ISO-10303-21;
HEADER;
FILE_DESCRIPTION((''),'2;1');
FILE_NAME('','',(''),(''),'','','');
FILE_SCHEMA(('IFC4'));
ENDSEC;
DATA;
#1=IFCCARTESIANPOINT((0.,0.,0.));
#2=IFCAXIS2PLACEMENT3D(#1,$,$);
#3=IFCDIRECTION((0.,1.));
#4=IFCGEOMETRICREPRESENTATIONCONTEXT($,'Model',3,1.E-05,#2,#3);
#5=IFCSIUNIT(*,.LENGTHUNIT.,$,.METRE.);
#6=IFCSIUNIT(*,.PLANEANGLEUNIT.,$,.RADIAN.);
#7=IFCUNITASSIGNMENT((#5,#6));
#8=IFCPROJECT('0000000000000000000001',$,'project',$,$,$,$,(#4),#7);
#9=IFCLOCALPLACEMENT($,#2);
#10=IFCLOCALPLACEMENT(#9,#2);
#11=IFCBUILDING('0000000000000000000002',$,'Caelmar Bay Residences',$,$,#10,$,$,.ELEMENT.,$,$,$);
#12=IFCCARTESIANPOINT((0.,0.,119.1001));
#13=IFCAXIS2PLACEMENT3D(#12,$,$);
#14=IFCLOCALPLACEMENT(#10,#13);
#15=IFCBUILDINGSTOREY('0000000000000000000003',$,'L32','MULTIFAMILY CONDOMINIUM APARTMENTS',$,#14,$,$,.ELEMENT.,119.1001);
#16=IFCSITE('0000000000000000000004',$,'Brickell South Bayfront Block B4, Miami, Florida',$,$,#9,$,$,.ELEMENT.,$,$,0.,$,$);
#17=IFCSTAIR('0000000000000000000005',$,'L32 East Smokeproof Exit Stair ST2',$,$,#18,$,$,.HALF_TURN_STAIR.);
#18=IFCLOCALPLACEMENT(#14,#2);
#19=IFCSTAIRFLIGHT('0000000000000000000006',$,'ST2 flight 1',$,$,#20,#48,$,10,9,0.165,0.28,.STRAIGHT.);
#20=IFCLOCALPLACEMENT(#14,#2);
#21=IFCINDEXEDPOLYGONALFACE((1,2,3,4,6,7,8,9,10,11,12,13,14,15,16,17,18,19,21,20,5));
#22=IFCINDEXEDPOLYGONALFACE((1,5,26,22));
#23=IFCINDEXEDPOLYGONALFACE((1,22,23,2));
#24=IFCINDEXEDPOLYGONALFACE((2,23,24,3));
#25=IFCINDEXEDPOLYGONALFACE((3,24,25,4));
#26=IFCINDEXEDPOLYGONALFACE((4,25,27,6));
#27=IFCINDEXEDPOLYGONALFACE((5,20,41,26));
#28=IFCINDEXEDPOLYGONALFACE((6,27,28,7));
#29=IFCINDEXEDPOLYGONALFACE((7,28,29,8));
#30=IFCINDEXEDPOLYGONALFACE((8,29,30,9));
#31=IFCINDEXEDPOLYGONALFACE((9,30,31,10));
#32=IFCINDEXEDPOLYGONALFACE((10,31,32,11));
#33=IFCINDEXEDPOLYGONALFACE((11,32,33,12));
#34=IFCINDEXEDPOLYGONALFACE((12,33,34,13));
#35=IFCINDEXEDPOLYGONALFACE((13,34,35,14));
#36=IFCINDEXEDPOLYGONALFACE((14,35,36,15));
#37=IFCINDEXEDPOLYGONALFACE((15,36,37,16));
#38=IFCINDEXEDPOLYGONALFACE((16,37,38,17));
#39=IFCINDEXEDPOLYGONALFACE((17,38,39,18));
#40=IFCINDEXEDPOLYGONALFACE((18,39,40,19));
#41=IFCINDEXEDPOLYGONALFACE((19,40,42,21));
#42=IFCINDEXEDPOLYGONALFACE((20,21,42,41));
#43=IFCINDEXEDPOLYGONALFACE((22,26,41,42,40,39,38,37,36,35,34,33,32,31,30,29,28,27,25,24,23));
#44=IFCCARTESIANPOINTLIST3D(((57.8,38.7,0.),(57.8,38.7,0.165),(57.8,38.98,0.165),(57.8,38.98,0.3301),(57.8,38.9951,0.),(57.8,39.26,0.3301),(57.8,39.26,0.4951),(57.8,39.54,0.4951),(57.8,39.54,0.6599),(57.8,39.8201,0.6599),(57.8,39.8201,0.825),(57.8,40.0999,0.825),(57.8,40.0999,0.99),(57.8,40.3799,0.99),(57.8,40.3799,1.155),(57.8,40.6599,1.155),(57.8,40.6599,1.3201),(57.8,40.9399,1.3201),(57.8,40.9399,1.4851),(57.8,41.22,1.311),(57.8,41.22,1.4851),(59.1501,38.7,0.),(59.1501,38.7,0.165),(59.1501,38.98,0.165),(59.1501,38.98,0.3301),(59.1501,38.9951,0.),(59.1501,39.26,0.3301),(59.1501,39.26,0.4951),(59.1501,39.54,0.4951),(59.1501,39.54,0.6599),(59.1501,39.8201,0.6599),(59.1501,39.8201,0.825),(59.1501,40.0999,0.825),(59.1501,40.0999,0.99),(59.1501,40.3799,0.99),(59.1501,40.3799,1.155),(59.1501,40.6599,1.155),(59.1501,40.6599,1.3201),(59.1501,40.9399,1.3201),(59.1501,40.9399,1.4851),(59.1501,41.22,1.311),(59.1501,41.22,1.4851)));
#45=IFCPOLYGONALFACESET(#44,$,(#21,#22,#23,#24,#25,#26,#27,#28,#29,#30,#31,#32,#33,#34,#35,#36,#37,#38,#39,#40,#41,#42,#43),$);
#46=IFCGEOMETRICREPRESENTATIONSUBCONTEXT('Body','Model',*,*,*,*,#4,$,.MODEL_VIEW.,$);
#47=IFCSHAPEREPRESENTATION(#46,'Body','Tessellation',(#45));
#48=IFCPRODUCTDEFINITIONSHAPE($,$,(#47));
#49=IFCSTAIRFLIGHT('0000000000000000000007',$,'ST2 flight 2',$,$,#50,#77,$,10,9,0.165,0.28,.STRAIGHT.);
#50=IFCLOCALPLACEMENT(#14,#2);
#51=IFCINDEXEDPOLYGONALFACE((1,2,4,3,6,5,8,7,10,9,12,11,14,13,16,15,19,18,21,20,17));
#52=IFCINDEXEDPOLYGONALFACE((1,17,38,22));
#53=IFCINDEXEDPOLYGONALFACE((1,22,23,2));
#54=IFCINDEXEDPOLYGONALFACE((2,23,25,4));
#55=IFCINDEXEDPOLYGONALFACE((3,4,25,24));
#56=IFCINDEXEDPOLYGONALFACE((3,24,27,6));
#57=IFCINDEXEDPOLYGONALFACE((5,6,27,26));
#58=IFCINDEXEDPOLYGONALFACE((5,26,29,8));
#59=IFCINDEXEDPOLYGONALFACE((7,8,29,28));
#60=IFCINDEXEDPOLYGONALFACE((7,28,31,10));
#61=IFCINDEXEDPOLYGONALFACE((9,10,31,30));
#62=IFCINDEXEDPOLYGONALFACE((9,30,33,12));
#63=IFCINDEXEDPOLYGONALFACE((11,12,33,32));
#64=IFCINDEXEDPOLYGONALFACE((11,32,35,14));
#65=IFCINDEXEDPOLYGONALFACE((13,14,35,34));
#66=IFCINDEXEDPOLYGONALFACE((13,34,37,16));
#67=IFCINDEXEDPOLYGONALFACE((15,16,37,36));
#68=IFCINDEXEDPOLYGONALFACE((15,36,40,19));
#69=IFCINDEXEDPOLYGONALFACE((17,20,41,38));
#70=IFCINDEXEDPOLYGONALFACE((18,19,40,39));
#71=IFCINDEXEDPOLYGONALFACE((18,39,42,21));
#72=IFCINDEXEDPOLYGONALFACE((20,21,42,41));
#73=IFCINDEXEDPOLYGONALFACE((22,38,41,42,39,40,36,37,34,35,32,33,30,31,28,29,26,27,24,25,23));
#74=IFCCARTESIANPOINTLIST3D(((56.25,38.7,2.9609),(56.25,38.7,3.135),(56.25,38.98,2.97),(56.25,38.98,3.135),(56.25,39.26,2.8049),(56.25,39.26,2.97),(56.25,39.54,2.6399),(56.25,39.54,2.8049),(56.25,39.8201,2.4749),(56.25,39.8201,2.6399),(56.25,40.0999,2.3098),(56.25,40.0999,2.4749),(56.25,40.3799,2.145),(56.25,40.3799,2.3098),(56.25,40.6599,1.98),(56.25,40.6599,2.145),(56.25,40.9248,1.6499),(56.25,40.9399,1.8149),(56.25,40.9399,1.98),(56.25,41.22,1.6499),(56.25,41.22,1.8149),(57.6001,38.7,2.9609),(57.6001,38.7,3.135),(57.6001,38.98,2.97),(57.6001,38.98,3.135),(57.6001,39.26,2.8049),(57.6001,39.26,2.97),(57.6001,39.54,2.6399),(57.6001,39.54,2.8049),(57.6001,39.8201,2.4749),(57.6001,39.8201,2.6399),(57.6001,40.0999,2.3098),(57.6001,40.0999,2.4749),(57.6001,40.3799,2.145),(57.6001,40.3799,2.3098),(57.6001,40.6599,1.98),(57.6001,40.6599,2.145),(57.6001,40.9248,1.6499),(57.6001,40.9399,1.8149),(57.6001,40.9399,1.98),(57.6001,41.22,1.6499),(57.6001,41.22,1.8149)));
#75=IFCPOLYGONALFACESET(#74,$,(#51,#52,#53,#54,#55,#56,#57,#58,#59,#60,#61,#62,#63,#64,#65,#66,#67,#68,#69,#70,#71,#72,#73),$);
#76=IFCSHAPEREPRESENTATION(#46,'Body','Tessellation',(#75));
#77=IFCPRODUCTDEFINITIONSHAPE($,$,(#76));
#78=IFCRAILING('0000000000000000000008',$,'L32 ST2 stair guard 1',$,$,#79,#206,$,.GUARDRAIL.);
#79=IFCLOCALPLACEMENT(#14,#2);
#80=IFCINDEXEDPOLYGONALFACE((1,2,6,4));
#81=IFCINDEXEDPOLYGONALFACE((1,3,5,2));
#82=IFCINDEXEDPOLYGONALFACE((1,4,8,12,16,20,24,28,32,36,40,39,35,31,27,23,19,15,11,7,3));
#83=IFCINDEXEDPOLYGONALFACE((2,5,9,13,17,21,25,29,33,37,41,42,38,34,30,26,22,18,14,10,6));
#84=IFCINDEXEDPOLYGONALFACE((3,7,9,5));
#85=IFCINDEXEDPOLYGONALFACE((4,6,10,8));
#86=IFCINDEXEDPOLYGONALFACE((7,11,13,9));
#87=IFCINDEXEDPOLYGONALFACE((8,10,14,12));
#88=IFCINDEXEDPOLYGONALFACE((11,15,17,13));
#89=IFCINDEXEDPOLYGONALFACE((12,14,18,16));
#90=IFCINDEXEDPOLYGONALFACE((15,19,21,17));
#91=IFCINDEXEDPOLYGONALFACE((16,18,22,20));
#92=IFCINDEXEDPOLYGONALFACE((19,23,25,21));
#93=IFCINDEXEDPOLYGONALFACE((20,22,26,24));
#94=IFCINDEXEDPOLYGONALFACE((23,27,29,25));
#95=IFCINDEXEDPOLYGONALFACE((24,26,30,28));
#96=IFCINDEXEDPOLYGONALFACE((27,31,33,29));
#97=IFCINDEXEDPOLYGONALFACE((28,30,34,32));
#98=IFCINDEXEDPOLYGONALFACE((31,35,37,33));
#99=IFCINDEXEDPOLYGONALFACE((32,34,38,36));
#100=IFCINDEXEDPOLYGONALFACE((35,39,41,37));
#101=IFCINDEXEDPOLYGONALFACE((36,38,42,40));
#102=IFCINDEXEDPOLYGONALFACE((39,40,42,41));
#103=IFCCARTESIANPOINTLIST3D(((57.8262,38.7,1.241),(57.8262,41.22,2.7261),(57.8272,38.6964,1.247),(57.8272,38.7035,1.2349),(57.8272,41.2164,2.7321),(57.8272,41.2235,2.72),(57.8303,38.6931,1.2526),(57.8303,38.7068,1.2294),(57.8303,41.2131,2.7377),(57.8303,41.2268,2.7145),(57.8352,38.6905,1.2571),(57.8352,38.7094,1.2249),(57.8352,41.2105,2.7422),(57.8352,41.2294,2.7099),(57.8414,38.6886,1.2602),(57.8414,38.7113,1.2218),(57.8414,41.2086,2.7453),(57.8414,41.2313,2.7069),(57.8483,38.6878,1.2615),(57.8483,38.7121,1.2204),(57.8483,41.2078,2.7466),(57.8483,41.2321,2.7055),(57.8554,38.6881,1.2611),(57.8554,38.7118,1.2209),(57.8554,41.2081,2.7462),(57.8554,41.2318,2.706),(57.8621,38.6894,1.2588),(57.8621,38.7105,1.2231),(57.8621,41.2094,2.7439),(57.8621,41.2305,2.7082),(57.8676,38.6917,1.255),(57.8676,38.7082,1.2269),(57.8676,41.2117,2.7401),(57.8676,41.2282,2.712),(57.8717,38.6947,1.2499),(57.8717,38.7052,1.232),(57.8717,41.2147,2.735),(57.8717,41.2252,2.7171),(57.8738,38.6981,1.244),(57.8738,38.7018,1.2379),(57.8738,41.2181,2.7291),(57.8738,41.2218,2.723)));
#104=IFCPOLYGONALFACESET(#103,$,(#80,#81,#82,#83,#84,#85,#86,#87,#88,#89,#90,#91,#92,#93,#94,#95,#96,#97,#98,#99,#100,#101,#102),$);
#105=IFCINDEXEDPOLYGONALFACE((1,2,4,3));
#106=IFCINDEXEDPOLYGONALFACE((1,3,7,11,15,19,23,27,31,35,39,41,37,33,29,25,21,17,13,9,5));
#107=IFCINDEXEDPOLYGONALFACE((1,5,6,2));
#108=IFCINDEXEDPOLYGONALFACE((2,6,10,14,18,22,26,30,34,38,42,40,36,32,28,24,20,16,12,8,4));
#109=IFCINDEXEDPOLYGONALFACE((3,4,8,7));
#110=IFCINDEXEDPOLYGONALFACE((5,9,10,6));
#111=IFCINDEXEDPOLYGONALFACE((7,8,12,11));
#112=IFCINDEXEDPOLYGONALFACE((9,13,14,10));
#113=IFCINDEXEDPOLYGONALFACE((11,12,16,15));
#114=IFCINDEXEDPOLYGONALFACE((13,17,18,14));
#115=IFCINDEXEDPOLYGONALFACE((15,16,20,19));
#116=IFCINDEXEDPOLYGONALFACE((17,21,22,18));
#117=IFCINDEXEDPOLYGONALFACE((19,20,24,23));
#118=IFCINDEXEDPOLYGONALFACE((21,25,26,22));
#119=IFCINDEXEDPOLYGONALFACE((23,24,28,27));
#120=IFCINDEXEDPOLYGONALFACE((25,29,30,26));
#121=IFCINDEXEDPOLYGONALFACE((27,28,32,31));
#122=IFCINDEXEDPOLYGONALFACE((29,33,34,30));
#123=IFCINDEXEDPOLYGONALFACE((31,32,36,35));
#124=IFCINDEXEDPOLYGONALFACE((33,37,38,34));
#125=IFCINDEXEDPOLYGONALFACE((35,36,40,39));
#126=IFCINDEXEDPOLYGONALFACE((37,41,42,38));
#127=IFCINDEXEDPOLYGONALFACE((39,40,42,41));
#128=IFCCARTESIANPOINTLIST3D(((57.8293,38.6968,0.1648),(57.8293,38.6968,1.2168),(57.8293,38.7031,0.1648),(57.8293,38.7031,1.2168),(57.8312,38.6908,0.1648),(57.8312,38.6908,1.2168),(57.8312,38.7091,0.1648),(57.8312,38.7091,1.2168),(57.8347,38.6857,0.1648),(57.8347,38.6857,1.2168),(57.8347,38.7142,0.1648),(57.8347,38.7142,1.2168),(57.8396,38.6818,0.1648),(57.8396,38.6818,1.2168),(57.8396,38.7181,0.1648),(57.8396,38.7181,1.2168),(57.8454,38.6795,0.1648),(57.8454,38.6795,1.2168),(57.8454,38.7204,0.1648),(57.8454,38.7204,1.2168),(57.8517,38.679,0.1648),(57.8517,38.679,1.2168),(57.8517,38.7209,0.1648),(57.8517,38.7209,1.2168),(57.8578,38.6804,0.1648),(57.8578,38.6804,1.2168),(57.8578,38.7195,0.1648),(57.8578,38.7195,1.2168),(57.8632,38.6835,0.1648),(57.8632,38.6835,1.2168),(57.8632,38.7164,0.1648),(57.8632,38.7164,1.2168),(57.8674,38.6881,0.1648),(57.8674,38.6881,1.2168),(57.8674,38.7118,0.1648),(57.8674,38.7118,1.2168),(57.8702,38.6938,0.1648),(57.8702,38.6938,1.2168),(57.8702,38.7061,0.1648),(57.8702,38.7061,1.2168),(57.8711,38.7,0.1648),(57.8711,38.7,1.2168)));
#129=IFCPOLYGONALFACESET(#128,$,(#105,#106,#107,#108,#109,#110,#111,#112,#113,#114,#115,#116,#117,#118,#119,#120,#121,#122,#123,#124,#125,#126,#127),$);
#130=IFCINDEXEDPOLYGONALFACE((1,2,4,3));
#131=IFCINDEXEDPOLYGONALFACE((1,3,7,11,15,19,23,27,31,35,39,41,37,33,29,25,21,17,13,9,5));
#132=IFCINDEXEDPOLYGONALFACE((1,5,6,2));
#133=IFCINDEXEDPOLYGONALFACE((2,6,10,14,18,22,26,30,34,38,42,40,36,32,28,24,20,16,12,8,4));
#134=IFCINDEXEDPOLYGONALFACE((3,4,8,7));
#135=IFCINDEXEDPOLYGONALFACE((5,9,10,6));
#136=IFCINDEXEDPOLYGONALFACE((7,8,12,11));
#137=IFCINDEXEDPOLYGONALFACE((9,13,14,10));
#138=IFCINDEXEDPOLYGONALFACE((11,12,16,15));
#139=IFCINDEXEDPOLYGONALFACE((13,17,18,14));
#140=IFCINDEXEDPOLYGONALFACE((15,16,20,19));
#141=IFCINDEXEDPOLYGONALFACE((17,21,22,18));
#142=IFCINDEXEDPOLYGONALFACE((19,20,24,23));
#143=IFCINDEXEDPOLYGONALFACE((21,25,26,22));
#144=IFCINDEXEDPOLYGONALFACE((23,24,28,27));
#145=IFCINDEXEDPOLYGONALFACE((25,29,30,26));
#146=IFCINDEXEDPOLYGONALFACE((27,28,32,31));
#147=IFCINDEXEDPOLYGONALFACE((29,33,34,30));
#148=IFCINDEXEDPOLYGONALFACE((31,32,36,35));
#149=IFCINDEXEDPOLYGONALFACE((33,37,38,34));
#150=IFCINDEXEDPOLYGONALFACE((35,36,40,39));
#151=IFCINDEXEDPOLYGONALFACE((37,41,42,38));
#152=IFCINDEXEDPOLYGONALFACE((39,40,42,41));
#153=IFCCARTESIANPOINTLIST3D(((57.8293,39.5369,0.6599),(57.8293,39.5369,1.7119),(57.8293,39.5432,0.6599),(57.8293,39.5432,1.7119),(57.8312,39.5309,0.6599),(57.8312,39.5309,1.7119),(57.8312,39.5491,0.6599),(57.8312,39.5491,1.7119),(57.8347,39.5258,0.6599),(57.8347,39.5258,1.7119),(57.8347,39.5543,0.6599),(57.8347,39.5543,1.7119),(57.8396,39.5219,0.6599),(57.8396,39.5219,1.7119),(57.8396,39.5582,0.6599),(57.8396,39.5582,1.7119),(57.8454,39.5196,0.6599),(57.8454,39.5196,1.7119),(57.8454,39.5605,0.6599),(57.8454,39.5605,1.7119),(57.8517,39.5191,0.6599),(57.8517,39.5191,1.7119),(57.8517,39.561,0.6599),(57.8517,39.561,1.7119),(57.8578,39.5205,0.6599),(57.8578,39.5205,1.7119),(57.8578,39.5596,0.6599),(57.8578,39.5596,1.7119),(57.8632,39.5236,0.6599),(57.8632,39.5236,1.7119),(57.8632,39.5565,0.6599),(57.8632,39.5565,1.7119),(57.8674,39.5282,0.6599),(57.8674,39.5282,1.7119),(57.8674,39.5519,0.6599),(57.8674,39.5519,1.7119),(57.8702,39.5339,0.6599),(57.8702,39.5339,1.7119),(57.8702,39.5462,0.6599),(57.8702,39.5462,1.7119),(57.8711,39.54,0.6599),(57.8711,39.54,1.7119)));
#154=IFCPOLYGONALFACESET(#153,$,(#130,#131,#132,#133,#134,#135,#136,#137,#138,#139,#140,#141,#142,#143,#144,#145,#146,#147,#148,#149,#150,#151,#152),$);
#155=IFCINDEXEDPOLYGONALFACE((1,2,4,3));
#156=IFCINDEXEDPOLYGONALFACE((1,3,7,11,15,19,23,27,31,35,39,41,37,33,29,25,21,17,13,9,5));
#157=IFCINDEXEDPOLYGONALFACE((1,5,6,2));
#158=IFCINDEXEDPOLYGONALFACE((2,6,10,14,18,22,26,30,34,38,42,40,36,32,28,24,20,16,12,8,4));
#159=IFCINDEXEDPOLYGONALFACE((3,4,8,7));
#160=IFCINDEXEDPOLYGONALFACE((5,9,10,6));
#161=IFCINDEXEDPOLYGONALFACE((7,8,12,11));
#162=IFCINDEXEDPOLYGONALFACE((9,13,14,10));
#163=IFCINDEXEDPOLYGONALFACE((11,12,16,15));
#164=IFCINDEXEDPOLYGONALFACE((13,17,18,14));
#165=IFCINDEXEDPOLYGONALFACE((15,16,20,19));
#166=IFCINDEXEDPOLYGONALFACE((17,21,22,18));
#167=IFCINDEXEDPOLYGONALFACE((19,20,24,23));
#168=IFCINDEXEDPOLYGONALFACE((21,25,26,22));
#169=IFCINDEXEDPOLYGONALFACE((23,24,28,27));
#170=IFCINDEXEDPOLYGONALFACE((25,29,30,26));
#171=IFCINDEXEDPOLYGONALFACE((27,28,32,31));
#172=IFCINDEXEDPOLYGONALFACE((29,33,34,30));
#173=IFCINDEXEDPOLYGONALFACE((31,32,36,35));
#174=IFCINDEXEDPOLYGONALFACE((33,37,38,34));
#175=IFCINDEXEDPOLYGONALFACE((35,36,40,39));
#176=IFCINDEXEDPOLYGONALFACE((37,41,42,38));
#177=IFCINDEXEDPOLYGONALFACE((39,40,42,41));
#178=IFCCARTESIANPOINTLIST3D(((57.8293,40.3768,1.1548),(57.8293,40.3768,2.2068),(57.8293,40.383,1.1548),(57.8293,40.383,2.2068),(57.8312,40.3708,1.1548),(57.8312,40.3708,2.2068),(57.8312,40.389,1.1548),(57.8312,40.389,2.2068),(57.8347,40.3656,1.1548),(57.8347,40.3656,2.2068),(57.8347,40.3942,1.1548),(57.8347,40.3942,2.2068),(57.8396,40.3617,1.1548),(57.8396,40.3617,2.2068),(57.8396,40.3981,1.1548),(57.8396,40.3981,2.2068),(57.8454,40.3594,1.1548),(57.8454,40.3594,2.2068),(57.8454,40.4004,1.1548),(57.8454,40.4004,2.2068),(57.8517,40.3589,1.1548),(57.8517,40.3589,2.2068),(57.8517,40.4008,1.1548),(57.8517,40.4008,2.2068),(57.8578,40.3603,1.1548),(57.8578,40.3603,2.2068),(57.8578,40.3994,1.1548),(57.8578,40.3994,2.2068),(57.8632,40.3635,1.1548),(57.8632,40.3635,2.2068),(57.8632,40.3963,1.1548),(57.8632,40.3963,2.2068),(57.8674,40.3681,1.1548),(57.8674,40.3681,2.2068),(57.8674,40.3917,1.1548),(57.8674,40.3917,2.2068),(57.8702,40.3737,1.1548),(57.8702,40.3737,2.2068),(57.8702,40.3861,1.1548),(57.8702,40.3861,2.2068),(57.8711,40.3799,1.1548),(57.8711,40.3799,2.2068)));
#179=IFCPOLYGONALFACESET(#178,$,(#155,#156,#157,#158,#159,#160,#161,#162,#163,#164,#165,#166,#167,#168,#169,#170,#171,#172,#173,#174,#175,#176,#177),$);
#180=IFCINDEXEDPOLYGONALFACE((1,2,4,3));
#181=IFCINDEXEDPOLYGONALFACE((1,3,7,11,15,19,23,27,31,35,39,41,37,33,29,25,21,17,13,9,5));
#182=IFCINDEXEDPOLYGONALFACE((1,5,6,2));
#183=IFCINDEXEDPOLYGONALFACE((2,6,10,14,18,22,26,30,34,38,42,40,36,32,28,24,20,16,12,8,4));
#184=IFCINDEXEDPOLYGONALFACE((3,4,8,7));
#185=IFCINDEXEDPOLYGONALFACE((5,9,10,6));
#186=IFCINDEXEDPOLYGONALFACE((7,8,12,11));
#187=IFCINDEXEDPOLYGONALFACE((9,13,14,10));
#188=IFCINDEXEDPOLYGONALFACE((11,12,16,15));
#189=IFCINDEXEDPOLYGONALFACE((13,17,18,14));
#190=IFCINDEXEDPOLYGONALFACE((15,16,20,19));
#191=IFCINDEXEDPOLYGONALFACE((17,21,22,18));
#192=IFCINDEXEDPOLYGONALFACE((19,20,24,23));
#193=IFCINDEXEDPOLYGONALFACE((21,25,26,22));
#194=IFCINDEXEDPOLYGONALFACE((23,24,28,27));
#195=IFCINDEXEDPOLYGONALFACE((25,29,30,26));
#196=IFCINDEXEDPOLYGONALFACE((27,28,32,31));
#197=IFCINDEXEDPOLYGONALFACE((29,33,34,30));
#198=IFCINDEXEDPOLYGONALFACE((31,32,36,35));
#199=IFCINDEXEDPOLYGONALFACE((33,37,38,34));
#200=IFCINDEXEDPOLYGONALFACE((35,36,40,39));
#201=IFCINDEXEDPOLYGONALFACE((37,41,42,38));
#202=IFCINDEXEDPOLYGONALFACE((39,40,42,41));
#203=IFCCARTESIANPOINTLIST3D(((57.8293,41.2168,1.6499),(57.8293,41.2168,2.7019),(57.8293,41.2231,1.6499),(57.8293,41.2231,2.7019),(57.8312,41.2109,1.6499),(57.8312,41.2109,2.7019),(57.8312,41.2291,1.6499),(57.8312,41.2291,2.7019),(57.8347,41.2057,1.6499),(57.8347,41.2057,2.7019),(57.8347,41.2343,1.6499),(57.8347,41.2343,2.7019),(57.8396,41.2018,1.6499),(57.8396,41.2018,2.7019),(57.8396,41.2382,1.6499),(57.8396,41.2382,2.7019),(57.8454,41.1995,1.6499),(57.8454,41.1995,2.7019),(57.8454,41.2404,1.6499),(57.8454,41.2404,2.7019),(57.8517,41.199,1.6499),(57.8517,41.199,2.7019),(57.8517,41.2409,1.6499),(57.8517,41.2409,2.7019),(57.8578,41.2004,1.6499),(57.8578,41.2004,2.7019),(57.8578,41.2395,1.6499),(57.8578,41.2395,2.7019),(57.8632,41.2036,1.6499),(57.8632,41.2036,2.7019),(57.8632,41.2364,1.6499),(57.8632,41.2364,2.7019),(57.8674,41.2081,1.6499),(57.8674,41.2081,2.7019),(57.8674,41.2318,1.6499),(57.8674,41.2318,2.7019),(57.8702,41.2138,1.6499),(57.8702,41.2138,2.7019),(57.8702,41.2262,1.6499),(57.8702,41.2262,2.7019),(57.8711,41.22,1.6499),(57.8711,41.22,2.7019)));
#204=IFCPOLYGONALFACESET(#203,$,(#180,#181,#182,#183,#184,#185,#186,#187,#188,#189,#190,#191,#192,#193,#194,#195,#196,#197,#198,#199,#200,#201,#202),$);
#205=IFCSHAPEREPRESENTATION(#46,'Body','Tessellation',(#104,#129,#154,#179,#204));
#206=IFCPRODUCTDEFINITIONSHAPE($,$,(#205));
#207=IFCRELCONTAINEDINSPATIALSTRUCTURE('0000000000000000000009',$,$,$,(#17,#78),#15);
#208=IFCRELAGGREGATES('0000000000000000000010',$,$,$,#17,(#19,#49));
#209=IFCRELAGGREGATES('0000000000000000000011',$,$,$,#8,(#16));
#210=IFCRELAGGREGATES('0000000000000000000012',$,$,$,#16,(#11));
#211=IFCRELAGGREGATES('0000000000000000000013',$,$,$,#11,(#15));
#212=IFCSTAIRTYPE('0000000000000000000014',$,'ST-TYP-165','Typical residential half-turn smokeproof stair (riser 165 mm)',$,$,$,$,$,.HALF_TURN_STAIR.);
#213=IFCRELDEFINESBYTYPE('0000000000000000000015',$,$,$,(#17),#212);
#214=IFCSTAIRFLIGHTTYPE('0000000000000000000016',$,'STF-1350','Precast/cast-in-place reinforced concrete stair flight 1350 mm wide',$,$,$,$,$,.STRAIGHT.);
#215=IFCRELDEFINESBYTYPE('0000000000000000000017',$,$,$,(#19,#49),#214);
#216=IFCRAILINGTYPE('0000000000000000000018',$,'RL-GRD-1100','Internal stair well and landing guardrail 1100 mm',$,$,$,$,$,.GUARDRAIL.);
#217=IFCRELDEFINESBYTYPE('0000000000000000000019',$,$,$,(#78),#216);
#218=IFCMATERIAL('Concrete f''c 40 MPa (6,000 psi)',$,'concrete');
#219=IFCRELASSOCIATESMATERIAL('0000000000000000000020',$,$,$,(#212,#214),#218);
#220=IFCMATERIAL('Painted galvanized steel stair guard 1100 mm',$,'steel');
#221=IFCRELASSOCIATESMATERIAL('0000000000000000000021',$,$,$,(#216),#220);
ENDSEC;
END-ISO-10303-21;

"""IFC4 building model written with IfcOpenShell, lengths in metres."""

from ifc_helpers import new_model, si_unit, direction, frame, origin, origin_2d, place, context, subcontext, project, spatial, polyline, circle, outline, extrude, material, type_object, element, aggregate, save


model = new_model("IFC4")

# Units and contexts
model_context = context("Model", 3, precision=1e-05, world=origin(), true_north=direction((0.0, 1.0)))
body_context = subcontext(model_context, "Body", "Model", "MODEL_VIEW")
ifc_project = project(units=[si_unit("LENGTHUNIT", "METRE"), si_unit("PLANEANGLEUNIT", "RADIAN")], contexts=[model_context])

# Site, building, storey
site_placement = place(None, origin())
site = spatial("IfcSite", under=ifc_project, at=site_placement, Name="Brickell South Bayfront Block B4, Miami, Florida", CompositionType="ELEMENT", RefElevation=0.0)
building_placement = place(site_placement, origin())
building = spatial("IfcBuilding", under=site, at=building_placement, Name="Caelmar Bay Residences", CompositionType="ELEMENT")
storey_placement = place(building_placement, frame((0.0, 0.0, 119.1001)))
storey = spatial("IfcBuildingStorey", under=building, at=storey_placement, Name="L32", Description="MULTIFAMILY CONDOMINIUM APARTMENTS", CompositionType="ELEMENT", Elevation=119.1001)

# Stair, stair flights
ifc_material_1 = material(Name="Concrete f'c 40 MPa (6,000 psi)", Category="concrete")
stair_type = type_object("IfcStairType", Name="ST-TYP-165", Description="Typical residential half-turn smokeproof stair (riser 165 mm)", PredefinedType="HALF_TURN_STAIR", material=ifc_material_1)
stair_placement = place(storey_placement, origin())
stair = element("IfcStair", 1, at=stair_placement, inside=storey, type_object=stair_type, Name="L32 East Smokeproof Exit Stair ST2", PredefinedType="HALF_TURN_STAIR")
stair_flight_type = type_object("IfcStairFlightType", Name="STF-1350", Description="Precast/cast-in-place reinforced concrete stair flight 1350 mm wide", PredefinedType="STRAIGHT", material=ifc_material_1)
stair_flight_1_placement = place(storey_placement, frame((58.4751, 38.7, 0.0), z_axis=(0.0, 0.0, 1.0), x_axis=(0.0, 1.0, 0.0)))
stair_flight_1 = element("IfcStairFlight", 2, at=stair_flight_1_placement, type_object=stair_flight_type, Name="ST2 flight 1", NumberOfRisers=10, NumberOfTreads=9, PredefinedType="STRAIGHT", RiserHeight=0.165, TreadLength=0.28, context=body_context, shape_type="SweptSolid", body=[
    extrude(outline(polyline([(0.0, 0.0), (0.0, 0.165), (0.28, 0.165), (0.28, 0.3301), (0.5601, 0.3301), (0.5601, 0.4951), (0.8401, 0.4951), (0.8401, 0.6599), (1.1201, 0.6599), (1.1201, 0.825), (1.3999, 0.825), (1.3999, 0.99), (1.6799, 0.99), (1.6799, 1.155), (1.96, 1.155), (1.96, 1.3201), (2.24, 1.3201), (2.24, 1.4851), (2.52, 1.4851), (2.52, 1.6499), (2.52, 1.311), (0.2952, 0.0), (0.0, 0.0)])), frame((0.0, 0.675, 0.0), z_axis=(0.0, -1.0, 0.0), x_axis=(1.0, 0.0, 0.0)), (0.0, 0.0, 1.0), 1.3501),
])
stair_flight_2_placement = place(storey_placement, frame((56.925, 41.22, 1.6499), z_axis=(0.0, 0.0, 1.0), x_axis=(0.0, -1.0, 0.0)))
stair_flight_2 = element("IfcStairFlight", 3, at=stair_flight_2_placement, type_object=stair_flight_type, Name="ST2 flight 2", NumberOfRisers=10, NumberOfTreads=9, PredefinedType="STRAIGHT", RiserHeight=0.165, TreadLength=0.28, context=body_context, shape_type="SweptSolid", body=[
    extrude(outline(polyline([(0.0, 0.0), (0.0, 0.165), (0.28, 0.165), (0.28, 0.3301), (0.5601, 0.3301), (0.5601, 0.4951), (0.8401, 0.4951), (0.8401, 0.6599), (1.1201, 0.6599), (1.1201, 0.825), (1.3999, 0.825), (1.3999, 0.99), (1.6799, 0.99), (1.6799, 1.155), (1.96, 1.155), (1.96, 1.3201), (2.24, 1.3201), (2.24, 1.4851), (2.52, 1.4851), (2.52, 1.6499), (2.52, 1.311), (0.2952, 0.0), (0.0, 0.0)])), frame((0.0, 0.675, 0.0), z_axis=(0.0, -1.0, 0.0), x_axis=(1.0, 0.0, 0.0)), (0.0, 0.0, 1.0), 1.3501),
])
aggregate(stair, [stair_flight_1, stair_flight_2])

# Railing
ifc_material_2 = material(Name="Painted galvanized steel stair guard 1100 mm", Category="steel")
railing_type_1 = type_object("IfcRailingType", Name="RL-GRD-1100", Description="Internal stair well and landing guardrail 1100 mm", PredefinedType="GUARDRAIL", material=ifc_material_2)
railing_1_placement = place(storey_placement, frame((57.8501, 38.7, 0.1648)))
element("IfcRailing", 4, at=railing_1_placement, inside=storey, type_object=railing_type_1, Name="L32 ST2 stair guard 1", PredefinedType="GUARDRAIL", context=body_context, shape_type="SweptSolid", body=[
    extrude(circle(Radius=0.0239, at=origin_2d()), frame((0.0, 0.0, 1.0762), z_axis=(0.0, 0.861524, 0.507717), x_axis=(-1.0, 0.0, 0.0)), (0.0, 0.0, 1.0), 2.925),
    extrude(circle(Radius=0.021, at=origin_2d()), origin(), (0.0, 0.0, 1.0), 1.052),
    extrude(circle(Radius=0.021, at=origin_2d()), frame((0.0, 0.8401, 0.4951)), (0.0, 0.0, 1.0), 1.052),
    extrude(circle(Radius=0.021, at=origin_2d()), frame((0.0, 1.6799, 0.99)), (0.0, 0.0, 1.0), 1.052),
    extrude(circle(Radius=0.021, at=origin_2d()), frame((0.0, 2.52, 1.4851)), (0.0, 0.0, 1.0), 1.052),
])

save(model, "model.ifc")
